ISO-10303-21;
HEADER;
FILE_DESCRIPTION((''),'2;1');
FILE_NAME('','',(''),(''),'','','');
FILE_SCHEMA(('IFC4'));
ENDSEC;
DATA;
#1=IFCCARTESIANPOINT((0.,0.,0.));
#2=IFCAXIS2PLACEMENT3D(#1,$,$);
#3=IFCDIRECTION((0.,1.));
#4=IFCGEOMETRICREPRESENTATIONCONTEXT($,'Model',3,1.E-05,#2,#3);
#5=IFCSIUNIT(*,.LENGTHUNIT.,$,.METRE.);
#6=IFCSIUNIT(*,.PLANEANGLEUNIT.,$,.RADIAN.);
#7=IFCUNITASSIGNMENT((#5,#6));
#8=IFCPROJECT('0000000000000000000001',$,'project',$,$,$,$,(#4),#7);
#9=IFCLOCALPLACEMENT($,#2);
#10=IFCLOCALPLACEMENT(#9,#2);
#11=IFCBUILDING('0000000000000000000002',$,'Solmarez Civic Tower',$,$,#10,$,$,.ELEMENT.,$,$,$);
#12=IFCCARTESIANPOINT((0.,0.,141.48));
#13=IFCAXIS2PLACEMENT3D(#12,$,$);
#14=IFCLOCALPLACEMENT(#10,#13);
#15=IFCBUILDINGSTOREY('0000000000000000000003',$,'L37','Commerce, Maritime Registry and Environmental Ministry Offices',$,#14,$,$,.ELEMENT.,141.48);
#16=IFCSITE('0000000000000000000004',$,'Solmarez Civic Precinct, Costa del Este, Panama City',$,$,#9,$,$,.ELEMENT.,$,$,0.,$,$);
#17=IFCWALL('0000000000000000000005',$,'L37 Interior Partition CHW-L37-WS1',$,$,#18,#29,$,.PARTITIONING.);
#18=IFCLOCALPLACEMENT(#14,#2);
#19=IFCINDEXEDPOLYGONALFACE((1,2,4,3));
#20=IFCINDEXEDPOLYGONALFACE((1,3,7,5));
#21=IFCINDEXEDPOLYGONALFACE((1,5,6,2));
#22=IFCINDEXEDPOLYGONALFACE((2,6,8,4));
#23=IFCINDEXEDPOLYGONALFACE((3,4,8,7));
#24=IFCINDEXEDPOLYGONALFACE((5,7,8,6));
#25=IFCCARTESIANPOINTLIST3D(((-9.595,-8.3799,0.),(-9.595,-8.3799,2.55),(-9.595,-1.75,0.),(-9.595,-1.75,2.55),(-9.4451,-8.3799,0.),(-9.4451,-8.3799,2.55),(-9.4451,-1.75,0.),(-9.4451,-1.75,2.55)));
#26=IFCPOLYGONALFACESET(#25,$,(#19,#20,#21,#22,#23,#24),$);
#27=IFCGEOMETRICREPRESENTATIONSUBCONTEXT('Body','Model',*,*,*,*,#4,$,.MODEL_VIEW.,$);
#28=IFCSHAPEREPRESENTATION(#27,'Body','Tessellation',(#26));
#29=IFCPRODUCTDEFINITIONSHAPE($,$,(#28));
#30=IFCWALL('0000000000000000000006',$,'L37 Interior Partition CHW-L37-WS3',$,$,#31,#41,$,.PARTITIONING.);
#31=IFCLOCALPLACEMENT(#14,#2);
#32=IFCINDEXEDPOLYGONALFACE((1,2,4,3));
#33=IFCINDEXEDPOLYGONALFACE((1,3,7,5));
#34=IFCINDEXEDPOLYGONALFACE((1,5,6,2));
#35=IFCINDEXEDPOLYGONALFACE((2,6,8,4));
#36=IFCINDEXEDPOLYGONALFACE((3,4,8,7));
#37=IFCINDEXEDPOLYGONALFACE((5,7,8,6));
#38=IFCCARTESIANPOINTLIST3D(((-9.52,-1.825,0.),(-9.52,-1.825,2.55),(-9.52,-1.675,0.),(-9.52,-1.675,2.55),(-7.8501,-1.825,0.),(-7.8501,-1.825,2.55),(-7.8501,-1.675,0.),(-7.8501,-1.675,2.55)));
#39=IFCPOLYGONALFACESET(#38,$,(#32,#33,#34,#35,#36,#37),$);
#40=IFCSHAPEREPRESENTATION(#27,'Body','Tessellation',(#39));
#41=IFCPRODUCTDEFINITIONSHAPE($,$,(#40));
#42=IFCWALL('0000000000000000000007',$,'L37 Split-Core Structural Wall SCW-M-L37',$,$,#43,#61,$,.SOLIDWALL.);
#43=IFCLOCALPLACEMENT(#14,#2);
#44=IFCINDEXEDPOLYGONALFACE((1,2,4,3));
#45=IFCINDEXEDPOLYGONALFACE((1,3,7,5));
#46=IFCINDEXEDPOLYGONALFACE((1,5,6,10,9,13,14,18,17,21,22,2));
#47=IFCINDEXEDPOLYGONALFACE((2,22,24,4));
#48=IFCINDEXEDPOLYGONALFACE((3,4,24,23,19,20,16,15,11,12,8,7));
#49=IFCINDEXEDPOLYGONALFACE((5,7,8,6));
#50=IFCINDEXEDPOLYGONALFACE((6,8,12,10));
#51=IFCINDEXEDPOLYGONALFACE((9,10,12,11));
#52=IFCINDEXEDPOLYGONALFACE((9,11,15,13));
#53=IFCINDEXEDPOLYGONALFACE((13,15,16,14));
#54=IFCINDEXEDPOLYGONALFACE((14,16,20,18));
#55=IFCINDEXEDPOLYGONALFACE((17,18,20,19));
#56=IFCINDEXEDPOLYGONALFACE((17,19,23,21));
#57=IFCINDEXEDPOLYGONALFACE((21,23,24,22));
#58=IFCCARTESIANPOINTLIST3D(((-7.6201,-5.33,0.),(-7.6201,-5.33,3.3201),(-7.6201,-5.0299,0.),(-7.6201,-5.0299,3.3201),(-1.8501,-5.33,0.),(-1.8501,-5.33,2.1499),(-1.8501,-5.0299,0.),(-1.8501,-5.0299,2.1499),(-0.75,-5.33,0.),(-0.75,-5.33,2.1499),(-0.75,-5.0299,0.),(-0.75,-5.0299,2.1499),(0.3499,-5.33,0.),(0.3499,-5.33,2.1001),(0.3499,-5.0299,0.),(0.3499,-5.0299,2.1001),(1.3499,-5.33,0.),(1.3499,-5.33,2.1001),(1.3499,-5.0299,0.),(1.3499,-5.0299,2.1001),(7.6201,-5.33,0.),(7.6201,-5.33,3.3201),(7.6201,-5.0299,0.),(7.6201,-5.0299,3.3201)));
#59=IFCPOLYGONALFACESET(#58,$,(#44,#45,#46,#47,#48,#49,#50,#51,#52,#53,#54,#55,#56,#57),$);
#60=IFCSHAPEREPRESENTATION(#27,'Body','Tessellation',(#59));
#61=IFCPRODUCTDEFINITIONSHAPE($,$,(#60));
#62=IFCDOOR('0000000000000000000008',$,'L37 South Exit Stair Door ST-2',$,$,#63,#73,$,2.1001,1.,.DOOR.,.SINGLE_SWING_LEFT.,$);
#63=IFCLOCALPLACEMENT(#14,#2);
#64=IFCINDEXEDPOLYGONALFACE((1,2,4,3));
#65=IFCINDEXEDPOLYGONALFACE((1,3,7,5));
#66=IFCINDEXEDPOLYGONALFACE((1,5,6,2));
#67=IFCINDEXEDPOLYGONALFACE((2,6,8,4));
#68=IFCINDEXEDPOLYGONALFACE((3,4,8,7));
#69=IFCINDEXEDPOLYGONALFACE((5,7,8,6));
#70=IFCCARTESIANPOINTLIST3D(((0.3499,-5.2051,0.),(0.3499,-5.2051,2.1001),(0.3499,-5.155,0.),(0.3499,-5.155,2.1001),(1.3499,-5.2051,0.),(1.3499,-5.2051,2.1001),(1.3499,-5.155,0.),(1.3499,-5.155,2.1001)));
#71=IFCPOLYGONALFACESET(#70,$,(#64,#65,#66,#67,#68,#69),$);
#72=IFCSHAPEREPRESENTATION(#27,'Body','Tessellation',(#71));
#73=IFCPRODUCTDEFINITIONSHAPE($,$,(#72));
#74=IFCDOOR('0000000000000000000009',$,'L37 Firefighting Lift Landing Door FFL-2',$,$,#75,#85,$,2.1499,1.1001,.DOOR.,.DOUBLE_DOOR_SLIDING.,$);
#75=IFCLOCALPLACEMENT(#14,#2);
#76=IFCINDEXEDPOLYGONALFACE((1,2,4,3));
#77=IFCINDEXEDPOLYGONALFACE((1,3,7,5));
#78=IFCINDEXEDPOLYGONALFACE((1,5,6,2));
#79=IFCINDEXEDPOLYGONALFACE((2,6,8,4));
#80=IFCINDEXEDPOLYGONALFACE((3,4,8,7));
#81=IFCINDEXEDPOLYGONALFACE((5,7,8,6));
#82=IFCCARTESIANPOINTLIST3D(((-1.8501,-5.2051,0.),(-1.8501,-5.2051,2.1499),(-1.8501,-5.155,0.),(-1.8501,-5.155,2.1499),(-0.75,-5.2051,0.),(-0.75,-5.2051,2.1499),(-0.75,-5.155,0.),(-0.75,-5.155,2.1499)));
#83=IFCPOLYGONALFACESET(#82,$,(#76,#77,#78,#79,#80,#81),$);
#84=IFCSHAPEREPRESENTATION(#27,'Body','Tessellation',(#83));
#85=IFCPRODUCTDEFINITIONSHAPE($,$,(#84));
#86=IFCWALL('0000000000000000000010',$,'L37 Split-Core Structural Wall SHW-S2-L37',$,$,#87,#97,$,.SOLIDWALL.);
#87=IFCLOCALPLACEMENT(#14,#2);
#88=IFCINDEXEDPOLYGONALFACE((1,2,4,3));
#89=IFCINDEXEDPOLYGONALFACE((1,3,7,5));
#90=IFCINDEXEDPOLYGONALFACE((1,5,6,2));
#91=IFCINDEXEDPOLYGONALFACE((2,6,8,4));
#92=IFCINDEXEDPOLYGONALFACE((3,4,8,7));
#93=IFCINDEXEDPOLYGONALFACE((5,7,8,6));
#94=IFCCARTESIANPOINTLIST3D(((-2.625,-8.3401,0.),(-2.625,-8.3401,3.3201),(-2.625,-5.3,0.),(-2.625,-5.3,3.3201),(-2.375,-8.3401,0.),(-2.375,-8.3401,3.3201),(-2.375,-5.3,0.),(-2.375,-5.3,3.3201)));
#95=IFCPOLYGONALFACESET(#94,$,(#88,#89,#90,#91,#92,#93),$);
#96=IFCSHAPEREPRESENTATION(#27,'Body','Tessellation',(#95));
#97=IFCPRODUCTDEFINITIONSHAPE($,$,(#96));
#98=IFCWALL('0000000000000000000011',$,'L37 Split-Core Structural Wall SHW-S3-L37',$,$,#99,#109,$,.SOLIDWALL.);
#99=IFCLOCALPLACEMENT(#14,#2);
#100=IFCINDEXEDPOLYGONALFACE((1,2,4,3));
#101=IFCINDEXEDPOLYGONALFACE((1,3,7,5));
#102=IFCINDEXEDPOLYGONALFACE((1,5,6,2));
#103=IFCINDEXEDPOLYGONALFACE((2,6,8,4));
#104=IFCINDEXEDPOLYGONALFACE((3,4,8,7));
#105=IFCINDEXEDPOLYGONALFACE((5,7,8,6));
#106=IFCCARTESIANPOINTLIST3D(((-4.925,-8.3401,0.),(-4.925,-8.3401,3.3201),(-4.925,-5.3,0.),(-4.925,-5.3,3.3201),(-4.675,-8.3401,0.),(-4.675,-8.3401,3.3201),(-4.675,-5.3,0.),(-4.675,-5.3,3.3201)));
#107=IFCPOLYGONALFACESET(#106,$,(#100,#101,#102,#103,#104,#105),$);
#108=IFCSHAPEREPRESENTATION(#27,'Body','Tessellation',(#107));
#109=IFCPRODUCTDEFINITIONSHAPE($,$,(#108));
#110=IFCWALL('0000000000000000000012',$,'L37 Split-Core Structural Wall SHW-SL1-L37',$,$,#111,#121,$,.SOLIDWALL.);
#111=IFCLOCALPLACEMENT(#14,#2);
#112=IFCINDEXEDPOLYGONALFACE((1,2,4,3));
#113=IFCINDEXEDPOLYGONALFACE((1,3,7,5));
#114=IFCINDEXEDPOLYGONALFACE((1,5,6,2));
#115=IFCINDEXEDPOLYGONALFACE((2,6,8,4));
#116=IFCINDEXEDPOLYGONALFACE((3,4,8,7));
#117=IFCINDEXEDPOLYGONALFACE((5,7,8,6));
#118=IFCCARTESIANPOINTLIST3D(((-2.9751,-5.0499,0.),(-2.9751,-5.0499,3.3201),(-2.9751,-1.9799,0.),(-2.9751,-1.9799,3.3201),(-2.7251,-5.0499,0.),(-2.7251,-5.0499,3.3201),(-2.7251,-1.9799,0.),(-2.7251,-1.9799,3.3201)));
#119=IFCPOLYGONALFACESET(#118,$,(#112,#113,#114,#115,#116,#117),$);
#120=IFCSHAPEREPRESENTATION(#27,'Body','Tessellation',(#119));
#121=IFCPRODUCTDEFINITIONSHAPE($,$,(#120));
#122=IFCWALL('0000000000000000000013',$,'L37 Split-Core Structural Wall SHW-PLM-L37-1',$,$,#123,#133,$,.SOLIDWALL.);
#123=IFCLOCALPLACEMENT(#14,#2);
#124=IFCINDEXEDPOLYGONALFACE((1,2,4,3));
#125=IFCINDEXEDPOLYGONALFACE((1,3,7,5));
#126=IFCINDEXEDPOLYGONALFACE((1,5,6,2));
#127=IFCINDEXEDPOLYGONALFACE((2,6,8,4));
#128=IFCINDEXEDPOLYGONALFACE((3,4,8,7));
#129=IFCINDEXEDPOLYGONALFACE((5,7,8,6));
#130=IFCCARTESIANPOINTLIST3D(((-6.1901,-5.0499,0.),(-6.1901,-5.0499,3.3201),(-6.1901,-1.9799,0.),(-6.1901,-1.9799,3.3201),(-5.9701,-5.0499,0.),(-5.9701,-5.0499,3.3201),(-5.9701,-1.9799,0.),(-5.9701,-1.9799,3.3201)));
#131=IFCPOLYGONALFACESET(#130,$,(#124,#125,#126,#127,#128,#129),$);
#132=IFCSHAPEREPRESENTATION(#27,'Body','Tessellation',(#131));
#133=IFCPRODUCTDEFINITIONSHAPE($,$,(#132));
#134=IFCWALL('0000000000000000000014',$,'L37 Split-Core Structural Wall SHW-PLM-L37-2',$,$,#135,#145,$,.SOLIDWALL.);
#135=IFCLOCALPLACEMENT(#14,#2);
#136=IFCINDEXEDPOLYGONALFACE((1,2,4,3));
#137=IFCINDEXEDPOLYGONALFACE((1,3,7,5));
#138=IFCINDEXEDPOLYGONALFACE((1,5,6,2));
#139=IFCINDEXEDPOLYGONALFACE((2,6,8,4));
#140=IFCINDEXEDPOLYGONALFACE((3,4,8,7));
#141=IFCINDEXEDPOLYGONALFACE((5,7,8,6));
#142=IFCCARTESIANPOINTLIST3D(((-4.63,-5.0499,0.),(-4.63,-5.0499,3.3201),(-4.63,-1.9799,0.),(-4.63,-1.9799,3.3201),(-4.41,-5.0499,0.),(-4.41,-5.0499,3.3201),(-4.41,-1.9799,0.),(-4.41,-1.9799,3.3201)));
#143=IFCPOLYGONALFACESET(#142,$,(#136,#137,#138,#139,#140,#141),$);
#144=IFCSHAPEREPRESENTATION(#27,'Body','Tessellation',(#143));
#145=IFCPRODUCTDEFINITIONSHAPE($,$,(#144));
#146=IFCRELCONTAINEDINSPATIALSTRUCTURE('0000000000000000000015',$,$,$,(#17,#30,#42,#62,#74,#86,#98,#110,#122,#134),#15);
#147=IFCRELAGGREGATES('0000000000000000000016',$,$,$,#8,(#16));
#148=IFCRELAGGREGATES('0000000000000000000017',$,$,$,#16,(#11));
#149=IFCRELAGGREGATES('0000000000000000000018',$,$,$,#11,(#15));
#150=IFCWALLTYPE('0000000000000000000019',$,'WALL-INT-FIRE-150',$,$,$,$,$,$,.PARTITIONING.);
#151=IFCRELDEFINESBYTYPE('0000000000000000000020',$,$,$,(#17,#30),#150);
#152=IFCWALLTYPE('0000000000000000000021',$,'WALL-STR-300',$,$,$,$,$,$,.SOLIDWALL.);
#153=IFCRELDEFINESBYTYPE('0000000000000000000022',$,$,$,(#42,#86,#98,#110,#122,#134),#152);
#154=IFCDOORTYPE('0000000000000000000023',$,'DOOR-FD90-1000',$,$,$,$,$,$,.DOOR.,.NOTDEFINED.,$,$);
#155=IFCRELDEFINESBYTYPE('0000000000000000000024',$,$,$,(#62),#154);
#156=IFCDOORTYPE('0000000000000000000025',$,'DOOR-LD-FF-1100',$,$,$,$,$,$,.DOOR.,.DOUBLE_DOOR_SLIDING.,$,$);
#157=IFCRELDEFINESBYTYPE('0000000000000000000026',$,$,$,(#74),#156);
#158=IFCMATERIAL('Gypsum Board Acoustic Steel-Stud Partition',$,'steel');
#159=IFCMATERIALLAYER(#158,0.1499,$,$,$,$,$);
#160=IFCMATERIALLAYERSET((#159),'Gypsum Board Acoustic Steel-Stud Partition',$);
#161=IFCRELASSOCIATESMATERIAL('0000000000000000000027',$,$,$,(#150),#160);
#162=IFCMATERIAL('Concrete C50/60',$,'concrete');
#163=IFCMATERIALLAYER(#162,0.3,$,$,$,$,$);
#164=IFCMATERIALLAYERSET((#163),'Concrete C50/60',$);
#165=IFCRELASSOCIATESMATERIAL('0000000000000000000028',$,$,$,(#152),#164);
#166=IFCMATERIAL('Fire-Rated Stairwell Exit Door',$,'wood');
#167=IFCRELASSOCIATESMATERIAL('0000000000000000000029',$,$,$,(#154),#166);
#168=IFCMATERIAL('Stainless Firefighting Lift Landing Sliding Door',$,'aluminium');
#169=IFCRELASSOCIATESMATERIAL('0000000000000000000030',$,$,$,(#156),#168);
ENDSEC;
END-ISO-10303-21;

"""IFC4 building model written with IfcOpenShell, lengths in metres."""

from ifc_helpers import new_model, si_unit, direction, frame, frame_2d, origin, place, context, subcontext, project, spatial, rectangle, extrude, material, layer, layer_set, type_object, element, fill, save


model = new_model("IFC4")

# Units and contexts
model_context = context("Model", 3, precision=1e-05, world=origin(), true_north=direction((0.0, 1.0)))
body_context = subcontext(model_context, "Body", "Model", "MODEL_VIEW")
ifc_project = project(units=[si_unit("LENGTHUNIT", "METRE"), si_unit("PLANEANGLEUNIT", "RADIAN")], contexts=[model_context])

# Site, building, storey
site_placement = place(None, origin())
site = spatial("IfcSite", under=ifc_project, at=site_placement, Name="Solmarez Civic Precinct, Costa del Este, Panama City", CompositionType="ELEMENT", RefElevation=0.0)
building_placement = place(site_placement, origin())
building = spatial("IfcBuilding", under=site, at=building_placement, Name="Solmarez Civic Tower", CompositionType="ELEMENT")
storey_placement = place(building_placement, frame((0.0, 0.0, 141.48)))
storey = spatial("IfcBuildingStorey", under=building, at=storey_placement, Name="L37", Description="Commerce, Maritime Registry and Environmental Ministry Offices", CompositionType="ELEMENT", Elevation=141.48)

# Shared definitions
ifc_material_1 = material(Name="Concrete C50/60", Category="concrete")

# Walls
ifc_material_2 = material(Name="Gypsum Board Acoustic Steel-Stud Partition", Category="steel")
ifc_layer_1 = layer(ifc_material_2, 0.1499)
ifc_layer_set_1 = layer_set([ifc_layer_1], Name="Gypsum Board Acoustic Steel-Stud Partition")
wall_type_1 = type_object("IfcWallType", Name="WALL-INT-FIRE-150", PredefinedType="PARTITIONING", material=ifc_layer_set_1)
wall_1_placement = place(storey_placement, frame((-9.52, -8.3799, 0.0), z_axis=(0.0, 0.0, 1.0), x_axis=(0.0, 1.0, 0.0)))
element("IfcWall", 1, at=wall_1_placement, inside=storey, type_object=wall_type_1, Name="L37 Interior Partition CHW-L37-WS1", PredefinedType="PARTITIONING", context=body_context, shape_type="SweptSolid", body=[
    extrude(rectangle(XDim=6.6299, YDim=0.1499, at=frame_2d((3.3149, 0.0))), origin(), (0.0, 0.0, 1.0), 2.55),
])
wall_2_placement = place(storey_placement, frame((-7.8501, -1.75, 0.0), z_axis=(0.0, 0.0, 1.0), x_axis=(-1.0, 0.0, 0.0)))
element("IfcWall", 2, at=wall_2_placement, inside=storey, type_object=wall_type_1, Name="L37 Interior Partition CHW-L37-WS3", PredefinedType="PARTITIONING", context=body_context, shape_type="SweptSolid", body=[
    extrude(rectangle(XDim=1.6699, YDim=0.1499, at=frame_2d((0.835, 0.0))), origin(), (0.0, 0.0, 1.0), 2.55),
])

# Wall, openings, doors
ifc_layer_2 = layer(ifc_material_1, 0.3)
ifc_layer_set_2 = layer_set([ifc_layer_2], Name="Concrete C50/60")
wall_type_2 = type_object("IfcWallType", Name="WALL-STR-300", PredefinedType="SOLIDWALL", material=ifc_layer_set_2)
wall_3_placement = place(storey_placement, frame((-7.6201, -5.1799, 0.0), z_axis=(0.0, 0.0, 1.0), x_axis=(1.0, 0.0, 0.0)))
wall_3 = element("IfcWall", 3, at=wall_3_placement, inside=storey, type_object=wall_type_2, Name="L37 Split-Core Structural Wall SCW-M-L37", PredefinedType="SOLIDWALL", context=body_context, shape_type="SweptSolid", body=[
    extrude(rectangle(XDim=15.2402, YDim=0.3, at=frame_2d((7.6201, 0.0))), origin(), (0.0, 0.0, 1.0), 3.3201),
])
opening_1_placement = place(wall_3_placement, frame((5.77, 0.0, 0.0)))
opening_1 = element("IfcOpeningElement", 4, at=opening_1_placement, cuts=wall_3, PredefinedType="OPENING", context=body_context, shape_type="SweptSolid", body=[
    extrude(rectangle(XDim=1.1001, YDim=2.1499, at=frame_2d((0.55, 1.075))), frame((0.0, 0.1599, 0.0), z_axis=(0.0, -1.0, 0.0), x_axis=(1.0, 0.0, 0.0)), (0.0, 0.0, 1.0), 0.3201),
])
opening_2_placement = place(wall_3_placement, frame((7.97, 0.0, 0.0)))
opening_2 = element("IfcOpeningElement", 5, at=opening_2_placement, cuts=wall_3, PredefinedType="OPENING", context=body_context, shape_type="SweptSolid", body=[
    extrude(rectangle(XDim=1.0, YDim=2.1001, at=frame_2d((0.5, 1.05))), frame((0.0, 0.1599, 0.0), z_axis=(0.0, -1.0, 0.0), x_axis=(1.0, 0.0, 0.0)), (0.0, 0.0, 1.0), 0.3201),
])
ifc_material_3 = material(Name="Fire-Rated Stairwell Exit Door", Category="wood")
door_type_1 = type_object("IfcDoorType", Name="DOOR-FD90-1000", OperationType="NOTDEFINED", PredefinedType="DOOR", material=ifc_material_3)
door_1_placement = place(opening_2_placement, origin())
door_1 = element("IfcDoor", 6, at=door_1_placement, inside=storey, type_object=door_type_1, Name="L37 South Exit Stair Door ST-2", OperationType="SINGLE_SWING_LEFT", OverallHeight=2.1001, OverallWidth=1.0, PredefinedType="DOOR", context=body_context, shape_type="SweptSolid", body=[
    extrude(rectangle(XDim=1.0, YDim=2.1001, at=frame_2d((0.5, 1.05))), frame((0.0, 0.0249, 0.0), z_axis=(0.0, -1.0, 0.0), x_axis=(1.0, 0.0, 0.0)), (0.0, 0.0, 1.0), 0.05),
])
fill(opening_2, door_1)
ifc_material_4 = material(Name="Stainless Firefighting Lift Landing Sliding Door", Category="aluminium")
door_type_2 = type_object("IfcDoorType", Name="DOOR-LD-FF-1100", OperationType="DOUBLE_DOOR_SLIDING", PredefinedType="DOOR", material=ifc_material_4)
door_2_placement = place(opening_1_placement, origin())
door_2 = element("IfcDoor", 7, at=door_2_placement, inside=storey, type_object=door_type_2, Name="L37 Firefighting Lift Landing Door FFL-2", OperationType="DOUBLE_DOOR_SLIDING", OverallHeight=2.1499, OverallWidth=1.1001, PredefinedType="DOOR", context=body_context, shape_type="SweptSolid", body=[
    extrude(rectangle(XDim=1.1001, YDim=2.1499, at=frame_2d((0.55, 1.075))), frame((0.0, 0.0249, 0.0), z_axis=(0.0, -1.0, 0.0), x_axis=(1.0, 0.0, 0.0)), (0.0, 0.0, 1.0), 0.05),
])
fill(opening_1, door_2)

# Walls
for number, where, z_axis, x_axis, name in (
    (8, (-2.5, -8.3401, 0.0), (0.0, 0.0, 1.0), (0.0, 1.0, 0.0), "L37 Split-Core Structural Wall SHW-S2-L37"),
    (9, (-4.8, -8.3401, 0.0), (0.0, 0.0, 1.0), (0.0, 1.0, 0.0), "L37 Split-Core Structural Wall SHW-S3-L37"),
):
    element("IfcWall", number, at=place(storey_placement, frame(where, z_axis=z_axis, x_axis=x_axis)), inside=storey, type_object=wall_type_2, Name=name, PredefinedType="SOLIDWALL", context=body_context, shape_type="SweptSolid", body=[
        extrude(rectangle(XDim=3.04, YDim=0.25, at=frame_2d((1.52, 0.0))), origin(), (0.0, 0.0, 1.0), 3.3201),
    ])
wall_4_placement = place(storey_placement, frame((-2.8501, -5.05, 0.0), z_axis=(0.0, 0.0, 1.0), x_axis=(0.0, 1.0, 0.0)))
element("IfcWall", 10, at=wall_4_placement, inside=storey, type_object=wall_type_2, Name="L37 Split-Core Structural Wall SHW-SL1-L37", PredefinedType="SOLIDWALL", context=body_context, shape_type="SweptSolid", body=[
    extrude(rectangle(XDim=3.0701, YDim=0.25, at=frame_2d((1.5352, 0.0))), origin(), (0.0, 0.0, 1.0), 3.3201),
])
for number, where, z_axis, x_axis, name in (
    (11, (-6.0801, -5.05, 0.0), (0.0, 0.0, 1.0), (0.0, 1.0, 0.0), "L37 Split-Core Structural Wall SHW-PLM-L37-1"),
    (12, (-4.52, -5.05, 0.0), (0.0, 0.0, 1.0), (0.0, 1.0, 0.0), "L37 Split-Core Structural Wall SHW-PLM-L37-2"),
):
    element("IfcWall", number, at=place(storey_placement, frame(where, z_axis=z_axis, x_axis=x_axis)), inside=storey, type_object=wall_type_2, Name=name, PredefinedType="SOLIDWALL", context=body_context, shape_type="SweptSolid", body=[
        extrude(rectangle(XDim=3.0701, YDim=0.22, at=frame_2d((1.5352, 0.0))), origin(), (0.0, 0.0, 1.0), 3.3201),
    ])

save(model, "model.ifc")
